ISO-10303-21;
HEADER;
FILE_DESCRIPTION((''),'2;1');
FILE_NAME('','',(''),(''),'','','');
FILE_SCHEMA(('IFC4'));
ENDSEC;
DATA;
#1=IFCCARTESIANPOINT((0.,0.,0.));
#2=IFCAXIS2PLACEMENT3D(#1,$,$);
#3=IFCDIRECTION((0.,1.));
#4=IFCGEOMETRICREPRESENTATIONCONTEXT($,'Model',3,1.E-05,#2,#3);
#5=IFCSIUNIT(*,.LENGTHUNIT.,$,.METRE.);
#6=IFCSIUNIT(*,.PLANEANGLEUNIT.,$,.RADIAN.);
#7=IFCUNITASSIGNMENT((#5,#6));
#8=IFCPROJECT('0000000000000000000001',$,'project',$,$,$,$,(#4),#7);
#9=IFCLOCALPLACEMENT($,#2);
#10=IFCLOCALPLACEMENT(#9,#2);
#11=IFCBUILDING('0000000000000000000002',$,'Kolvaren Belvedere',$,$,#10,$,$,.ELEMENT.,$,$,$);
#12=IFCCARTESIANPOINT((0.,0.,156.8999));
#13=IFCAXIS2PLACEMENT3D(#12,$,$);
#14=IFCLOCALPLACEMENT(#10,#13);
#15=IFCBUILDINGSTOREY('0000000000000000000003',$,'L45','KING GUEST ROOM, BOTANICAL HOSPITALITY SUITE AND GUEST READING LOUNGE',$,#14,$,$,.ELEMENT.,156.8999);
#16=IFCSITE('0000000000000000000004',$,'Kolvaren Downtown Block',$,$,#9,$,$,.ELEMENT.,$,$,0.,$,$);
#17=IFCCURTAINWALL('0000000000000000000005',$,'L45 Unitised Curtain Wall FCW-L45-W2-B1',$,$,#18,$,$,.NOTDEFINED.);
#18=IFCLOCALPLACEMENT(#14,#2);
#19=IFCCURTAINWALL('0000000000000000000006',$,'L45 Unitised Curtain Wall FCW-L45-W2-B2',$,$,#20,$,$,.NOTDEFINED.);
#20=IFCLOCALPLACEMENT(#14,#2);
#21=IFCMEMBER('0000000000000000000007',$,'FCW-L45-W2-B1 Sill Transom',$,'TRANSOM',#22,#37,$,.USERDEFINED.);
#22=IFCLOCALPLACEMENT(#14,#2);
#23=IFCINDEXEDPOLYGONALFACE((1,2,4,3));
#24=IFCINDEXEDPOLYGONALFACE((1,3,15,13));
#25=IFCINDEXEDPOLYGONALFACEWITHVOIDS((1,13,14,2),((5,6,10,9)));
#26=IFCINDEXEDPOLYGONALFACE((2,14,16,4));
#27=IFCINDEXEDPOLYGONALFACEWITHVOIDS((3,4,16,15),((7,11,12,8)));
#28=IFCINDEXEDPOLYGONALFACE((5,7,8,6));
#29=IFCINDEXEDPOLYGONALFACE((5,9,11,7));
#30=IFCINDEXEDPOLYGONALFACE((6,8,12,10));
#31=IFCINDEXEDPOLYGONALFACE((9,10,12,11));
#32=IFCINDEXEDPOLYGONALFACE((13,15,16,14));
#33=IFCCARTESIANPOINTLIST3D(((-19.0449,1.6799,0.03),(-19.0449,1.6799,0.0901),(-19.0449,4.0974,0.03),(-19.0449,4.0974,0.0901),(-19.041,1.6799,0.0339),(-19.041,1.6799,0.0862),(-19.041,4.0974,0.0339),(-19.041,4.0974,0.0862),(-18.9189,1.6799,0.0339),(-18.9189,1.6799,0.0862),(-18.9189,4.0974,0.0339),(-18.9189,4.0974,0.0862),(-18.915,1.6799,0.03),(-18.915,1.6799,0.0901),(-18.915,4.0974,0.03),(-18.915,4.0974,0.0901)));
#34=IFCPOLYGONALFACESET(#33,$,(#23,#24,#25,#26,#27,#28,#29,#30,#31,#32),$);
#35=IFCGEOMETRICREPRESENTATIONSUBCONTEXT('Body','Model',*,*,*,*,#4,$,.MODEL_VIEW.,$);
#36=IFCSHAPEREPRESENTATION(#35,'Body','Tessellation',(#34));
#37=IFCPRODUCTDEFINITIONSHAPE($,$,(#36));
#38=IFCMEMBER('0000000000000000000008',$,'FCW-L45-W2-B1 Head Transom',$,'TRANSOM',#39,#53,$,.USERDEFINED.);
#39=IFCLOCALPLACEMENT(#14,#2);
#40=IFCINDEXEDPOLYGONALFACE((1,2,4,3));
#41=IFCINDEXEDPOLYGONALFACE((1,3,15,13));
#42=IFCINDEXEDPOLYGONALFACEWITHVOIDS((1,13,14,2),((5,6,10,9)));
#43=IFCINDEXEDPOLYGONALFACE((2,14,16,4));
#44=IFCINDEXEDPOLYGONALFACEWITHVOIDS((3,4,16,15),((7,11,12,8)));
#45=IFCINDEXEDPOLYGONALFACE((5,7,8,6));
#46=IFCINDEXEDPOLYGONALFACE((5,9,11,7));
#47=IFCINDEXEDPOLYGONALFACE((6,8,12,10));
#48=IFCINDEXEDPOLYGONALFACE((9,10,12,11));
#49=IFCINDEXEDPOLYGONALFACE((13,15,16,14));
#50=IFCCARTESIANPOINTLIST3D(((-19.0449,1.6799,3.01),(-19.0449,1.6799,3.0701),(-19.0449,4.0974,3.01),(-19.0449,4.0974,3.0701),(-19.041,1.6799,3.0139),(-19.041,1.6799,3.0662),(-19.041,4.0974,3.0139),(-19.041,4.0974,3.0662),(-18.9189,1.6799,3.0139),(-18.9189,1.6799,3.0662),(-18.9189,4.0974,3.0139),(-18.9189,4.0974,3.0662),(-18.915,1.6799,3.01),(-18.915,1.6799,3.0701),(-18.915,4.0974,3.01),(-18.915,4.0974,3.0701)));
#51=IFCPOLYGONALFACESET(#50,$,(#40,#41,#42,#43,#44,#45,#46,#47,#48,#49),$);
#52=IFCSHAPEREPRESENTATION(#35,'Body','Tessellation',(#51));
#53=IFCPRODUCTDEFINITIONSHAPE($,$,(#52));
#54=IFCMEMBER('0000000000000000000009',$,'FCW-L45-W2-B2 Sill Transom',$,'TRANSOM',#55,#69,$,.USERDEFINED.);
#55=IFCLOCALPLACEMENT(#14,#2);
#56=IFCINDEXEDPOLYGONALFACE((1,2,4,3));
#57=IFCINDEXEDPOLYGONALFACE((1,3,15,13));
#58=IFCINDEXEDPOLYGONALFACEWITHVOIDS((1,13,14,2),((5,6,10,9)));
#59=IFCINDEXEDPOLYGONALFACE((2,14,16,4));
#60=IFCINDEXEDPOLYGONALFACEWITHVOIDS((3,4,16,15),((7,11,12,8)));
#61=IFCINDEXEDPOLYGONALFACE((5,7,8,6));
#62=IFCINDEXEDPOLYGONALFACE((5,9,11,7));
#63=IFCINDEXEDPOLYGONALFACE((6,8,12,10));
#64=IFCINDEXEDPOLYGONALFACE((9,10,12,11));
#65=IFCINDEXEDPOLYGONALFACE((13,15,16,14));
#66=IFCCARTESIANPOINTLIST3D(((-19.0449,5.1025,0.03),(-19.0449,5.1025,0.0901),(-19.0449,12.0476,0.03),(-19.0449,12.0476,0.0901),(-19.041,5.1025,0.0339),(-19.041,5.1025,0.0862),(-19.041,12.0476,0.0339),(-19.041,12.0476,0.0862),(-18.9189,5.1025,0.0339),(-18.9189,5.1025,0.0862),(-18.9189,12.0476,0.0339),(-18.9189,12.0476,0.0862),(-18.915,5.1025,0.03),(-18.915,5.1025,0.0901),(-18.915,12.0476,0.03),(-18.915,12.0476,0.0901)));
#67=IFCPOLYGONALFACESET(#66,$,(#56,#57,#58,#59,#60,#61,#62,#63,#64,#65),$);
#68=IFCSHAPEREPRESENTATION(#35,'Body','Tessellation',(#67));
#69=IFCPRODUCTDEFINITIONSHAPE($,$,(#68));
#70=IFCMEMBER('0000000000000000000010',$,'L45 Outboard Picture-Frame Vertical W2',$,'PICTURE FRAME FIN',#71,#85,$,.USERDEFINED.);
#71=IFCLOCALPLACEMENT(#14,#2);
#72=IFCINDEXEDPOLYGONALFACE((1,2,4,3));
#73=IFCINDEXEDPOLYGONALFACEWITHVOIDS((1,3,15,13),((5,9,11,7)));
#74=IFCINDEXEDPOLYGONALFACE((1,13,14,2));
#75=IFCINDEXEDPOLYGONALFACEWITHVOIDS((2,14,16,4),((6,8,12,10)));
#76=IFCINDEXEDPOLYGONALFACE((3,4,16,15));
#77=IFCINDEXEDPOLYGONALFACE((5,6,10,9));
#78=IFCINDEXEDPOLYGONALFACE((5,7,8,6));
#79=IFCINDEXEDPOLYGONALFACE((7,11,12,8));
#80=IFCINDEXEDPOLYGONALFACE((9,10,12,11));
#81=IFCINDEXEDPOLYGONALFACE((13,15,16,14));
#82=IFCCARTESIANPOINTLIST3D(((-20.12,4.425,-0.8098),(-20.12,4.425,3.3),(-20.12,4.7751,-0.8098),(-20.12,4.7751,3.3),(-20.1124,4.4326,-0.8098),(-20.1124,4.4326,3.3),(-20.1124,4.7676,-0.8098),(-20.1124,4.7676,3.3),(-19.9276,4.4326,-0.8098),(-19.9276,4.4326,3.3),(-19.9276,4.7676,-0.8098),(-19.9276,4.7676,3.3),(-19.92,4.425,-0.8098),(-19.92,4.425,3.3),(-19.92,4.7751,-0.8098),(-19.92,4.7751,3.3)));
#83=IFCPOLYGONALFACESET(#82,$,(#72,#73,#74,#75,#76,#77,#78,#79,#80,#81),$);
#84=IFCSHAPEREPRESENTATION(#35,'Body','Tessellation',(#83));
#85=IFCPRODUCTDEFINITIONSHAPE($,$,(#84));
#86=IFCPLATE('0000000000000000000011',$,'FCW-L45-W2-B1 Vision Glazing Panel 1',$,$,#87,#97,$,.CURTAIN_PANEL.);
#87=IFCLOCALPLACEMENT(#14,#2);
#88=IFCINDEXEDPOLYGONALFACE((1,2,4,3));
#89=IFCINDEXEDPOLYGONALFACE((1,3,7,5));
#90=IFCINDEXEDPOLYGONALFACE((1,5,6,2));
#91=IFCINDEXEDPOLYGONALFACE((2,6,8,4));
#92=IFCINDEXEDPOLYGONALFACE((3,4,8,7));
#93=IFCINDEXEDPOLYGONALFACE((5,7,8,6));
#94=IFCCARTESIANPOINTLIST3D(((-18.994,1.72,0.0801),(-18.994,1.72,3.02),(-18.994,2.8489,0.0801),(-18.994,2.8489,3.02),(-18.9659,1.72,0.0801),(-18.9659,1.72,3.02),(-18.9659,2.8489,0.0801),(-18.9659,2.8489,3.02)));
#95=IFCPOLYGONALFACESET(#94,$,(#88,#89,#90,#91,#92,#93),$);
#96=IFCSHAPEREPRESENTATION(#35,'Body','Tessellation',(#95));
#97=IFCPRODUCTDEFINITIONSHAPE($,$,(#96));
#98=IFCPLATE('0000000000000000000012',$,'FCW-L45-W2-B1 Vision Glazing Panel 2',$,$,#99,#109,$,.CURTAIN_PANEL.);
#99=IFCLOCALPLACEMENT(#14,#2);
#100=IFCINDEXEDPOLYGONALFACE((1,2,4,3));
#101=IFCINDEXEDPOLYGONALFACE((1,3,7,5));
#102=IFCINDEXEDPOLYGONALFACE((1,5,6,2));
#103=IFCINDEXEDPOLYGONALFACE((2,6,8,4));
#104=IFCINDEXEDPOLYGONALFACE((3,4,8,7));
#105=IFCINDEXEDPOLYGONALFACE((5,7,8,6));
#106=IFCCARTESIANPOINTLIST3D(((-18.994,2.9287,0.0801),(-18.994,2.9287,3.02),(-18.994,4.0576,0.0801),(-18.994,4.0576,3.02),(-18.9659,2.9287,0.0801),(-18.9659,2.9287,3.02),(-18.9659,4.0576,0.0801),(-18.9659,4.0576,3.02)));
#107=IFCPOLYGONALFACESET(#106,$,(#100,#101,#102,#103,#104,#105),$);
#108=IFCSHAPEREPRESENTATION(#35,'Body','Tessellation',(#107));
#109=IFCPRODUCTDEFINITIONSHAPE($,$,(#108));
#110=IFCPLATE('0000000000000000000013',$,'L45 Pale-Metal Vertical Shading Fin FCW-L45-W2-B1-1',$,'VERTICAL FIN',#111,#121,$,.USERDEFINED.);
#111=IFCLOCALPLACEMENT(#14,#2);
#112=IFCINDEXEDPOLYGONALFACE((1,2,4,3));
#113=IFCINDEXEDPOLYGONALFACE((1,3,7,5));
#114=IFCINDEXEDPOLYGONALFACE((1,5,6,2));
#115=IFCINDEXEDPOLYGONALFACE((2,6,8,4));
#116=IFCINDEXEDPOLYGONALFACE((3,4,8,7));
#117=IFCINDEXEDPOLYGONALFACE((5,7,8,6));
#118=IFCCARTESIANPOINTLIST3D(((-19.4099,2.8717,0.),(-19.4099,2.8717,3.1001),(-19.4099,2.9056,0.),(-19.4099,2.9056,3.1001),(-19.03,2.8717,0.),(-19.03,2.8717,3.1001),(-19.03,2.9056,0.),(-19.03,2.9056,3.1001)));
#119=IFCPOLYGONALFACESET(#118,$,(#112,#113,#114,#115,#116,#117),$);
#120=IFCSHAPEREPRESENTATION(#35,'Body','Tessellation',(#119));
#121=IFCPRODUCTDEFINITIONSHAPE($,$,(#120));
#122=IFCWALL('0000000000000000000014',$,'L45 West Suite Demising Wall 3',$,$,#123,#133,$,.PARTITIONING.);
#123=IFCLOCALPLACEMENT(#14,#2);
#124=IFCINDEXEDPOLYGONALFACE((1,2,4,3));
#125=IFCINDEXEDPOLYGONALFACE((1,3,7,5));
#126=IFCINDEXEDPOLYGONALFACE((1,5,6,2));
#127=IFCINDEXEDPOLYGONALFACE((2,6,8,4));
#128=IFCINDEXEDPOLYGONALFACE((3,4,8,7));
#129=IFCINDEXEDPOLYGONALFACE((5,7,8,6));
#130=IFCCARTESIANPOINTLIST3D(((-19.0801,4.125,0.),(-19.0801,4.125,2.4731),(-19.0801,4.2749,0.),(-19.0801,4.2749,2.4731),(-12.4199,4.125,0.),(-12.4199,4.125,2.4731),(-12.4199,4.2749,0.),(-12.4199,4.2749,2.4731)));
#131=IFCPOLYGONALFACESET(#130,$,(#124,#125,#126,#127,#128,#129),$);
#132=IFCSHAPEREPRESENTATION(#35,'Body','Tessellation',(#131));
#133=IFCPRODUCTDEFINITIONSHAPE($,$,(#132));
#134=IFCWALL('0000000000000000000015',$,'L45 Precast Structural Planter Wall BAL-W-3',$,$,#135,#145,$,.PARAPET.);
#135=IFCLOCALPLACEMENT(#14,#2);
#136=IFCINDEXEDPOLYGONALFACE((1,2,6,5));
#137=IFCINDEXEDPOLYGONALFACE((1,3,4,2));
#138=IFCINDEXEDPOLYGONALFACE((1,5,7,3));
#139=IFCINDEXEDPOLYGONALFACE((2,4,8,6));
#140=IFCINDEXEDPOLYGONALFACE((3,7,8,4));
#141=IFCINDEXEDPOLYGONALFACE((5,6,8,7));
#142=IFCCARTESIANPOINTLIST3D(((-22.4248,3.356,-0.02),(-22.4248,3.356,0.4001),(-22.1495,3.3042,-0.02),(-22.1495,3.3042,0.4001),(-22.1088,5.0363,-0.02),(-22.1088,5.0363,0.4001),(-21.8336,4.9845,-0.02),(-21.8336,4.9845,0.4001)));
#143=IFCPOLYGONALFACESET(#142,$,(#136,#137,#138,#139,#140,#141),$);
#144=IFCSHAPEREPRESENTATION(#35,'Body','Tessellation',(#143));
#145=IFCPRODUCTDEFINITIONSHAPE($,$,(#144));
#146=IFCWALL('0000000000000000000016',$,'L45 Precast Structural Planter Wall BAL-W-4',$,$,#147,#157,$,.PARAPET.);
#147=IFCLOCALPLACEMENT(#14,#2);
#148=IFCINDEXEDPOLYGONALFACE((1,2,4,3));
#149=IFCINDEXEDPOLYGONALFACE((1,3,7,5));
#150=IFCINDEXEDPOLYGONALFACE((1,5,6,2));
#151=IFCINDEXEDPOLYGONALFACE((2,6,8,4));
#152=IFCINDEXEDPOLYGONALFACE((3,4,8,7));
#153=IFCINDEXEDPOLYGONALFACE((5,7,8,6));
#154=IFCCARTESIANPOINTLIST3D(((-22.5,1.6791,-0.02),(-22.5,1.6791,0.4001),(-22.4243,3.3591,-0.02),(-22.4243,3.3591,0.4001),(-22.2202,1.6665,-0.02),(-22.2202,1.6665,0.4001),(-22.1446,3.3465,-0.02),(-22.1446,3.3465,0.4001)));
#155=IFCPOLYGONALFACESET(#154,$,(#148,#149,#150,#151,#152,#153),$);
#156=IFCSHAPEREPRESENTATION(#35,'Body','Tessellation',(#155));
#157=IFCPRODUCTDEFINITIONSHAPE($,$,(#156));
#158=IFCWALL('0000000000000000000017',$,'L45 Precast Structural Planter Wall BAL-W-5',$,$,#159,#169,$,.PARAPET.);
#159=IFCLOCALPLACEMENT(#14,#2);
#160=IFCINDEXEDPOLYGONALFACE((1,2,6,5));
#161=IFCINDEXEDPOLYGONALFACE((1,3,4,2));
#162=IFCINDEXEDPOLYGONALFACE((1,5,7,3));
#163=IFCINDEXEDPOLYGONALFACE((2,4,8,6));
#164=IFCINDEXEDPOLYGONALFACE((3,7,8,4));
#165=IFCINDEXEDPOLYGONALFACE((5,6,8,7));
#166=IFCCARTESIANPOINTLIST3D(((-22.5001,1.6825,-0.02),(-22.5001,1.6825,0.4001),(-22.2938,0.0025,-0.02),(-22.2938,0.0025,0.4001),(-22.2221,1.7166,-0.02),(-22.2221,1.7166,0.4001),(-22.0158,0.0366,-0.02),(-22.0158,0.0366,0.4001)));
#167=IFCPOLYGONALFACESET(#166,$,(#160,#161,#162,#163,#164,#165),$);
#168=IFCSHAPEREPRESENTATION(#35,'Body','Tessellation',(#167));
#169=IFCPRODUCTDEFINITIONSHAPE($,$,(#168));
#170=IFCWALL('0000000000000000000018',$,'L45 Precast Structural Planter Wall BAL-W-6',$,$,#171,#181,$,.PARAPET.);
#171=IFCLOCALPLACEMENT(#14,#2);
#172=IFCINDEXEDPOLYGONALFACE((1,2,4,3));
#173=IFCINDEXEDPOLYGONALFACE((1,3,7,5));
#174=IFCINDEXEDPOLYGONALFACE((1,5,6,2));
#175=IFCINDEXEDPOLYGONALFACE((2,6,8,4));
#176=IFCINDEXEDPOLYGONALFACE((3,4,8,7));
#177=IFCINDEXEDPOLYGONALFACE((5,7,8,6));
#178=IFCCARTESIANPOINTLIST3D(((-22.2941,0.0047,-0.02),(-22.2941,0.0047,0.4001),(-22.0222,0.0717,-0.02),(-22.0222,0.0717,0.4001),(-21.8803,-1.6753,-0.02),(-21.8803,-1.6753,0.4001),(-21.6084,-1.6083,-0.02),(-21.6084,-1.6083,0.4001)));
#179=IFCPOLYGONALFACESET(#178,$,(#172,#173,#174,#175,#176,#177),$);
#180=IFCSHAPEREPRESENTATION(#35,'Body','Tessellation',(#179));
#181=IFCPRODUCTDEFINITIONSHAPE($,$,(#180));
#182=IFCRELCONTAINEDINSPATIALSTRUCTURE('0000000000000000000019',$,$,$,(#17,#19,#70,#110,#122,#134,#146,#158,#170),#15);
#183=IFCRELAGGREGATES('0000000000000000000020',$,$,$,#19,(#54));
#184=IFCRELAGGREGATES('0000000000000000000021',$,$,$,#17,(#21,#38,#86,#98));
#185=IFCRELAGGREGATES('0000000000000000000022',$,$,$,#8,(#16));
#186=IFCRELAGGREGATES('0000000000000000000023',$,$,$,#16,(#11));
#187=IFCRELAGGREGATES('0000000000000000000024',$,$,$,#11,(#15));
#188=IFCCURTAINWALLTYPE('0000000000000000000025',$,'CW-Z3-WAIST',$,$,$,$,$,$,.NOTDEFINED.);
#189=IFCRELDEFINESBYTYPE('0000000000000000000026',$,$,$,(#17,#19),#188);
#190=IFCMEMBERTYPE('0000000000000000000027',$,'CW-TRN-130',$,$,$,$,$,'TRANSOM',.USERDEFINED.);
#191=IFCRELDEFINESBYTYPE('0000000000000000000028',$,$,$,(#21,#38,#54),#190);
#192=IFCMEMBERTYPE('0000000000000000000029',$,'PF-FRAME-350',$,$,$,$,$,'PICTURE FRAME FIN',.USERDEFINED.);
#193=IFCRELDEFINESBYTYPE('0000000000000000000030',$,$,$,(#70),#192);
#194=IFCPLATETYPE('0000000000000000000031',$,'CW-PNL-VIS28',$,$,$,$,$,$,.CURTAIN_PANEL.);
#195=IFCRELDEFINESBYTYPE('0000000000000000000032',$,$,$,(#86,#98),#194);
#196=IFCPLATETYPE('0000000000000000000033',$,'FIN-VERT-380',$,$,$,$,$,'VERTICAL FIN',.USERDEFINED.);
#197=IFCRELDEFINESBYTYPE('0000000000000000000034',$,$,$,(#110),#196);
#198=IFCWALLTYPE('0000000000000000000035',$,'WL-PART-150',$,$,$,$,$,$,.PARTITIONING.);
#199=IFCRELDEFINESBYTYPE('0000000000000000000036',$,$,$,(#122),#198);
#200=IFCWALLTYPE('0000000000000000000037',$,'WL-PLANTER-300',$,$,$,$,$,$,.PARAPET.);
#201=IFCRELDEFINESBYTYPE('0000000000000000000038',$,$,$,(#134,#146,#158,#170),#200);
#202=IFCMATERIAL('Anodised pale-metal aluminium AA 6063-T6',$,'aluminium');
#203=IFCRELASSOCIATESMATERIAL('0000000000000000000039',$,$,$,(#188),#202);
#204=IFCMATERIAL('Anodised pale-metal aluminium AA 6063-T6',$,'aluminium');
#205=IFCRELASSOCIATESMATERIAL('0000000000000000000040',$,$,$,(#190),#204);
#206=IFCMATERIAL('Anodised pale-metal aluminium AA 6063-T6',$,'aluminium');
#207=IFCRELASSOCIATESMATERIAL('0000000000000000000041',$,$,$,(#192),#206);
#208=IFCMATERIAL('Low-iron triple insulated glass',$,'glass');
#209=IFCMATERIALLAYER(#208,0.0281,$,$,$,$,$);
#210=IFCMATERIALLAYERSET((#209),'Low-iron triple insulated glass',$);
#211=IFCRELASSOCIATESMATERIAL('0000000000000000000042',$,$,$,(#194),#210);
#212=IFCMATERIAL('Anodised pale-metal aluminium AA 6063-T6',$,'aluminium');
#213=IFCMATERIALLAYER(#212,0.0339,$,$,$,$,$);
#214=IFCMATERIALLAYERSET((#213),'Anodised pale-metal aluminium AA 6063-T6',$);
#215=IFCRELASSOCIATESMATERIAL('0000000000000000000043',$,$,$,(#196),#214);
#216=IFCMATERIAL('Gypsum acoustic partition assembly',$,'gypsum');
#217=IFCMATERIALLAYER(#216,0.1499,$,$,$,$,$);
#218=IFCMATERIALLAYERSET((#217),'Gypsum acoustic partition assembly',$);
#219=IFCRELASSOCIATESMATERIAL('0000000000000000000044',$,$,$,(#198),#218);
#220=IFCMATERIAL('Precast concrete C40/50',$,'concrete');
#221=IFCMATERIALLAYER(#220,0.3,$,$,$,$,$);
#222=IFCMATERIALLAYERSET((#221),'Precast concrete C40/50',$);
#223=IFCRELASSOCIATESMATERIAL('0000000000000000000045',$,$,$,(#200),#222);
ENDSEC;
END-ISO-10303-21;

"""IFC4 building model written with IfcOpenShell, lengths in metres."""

from ifc_helpers import new_model, si_unit, direction, frame, frame_2d, origin, origin_2d, place, context, subcontext, project, spatial, rectangle, hollow_rectangle, extrude, material, layer, layer_set, material_profile, profile_set, type_object, element, aggregate, save


model = new_model("IFC4")

# Units and contexts
model_context = context("Model", 3, precision=1e-05, world=origin(), true_north=direction((0.0, 1.0)))
body_context = subcontext(model_context, "Body", "Model", "MODEL_VIEW")
ifc_project = project(units=[si_unit("LENGTHUNIT", "METRE"), si_unit("PLANEANGLEUNIT", "RADIAN")], contexts=[model_context])

# Site, building, storey
site_placement = place(None, origin())
site = spatial("IfcSite", under=ifc_project, at=site_placement, Name="Kolvaren Downtown Block", CompositionType="ELEMENT", RefElevation=0.0)
building_placement = place(site_placement, origin())
building = spatial("IfcBuilding", under=site, at=building_placement, Name="Kolvaren Belvedere", CompositionType="ELEMENT")
storey_placement = place(building_placement, frame((0.0, 0.0, 156.8999)))
storey = spatial("IfcBuildingStorey", under=building, at=storey_placement, Name="L45", Description="KING GUEST ROOM, BOTANICAL HOSPITALITY SUITE AND GUEST READING LOUNGE", CompositionType="ELEMENT", Elevation=156.8999)

# Curtain wall
ifc_material_1 = material(Name="Anodised pale-metal aluminium AA 6063-T6", Category="aluminium")
curtain_wall_type = type_object("IfcCurtainWallType", Name="CW-Z3-WAIST", PredefinedType="NOTDEFINED", material=ifc_material_1)
curtain_wall_1_placement = place(storey_placement, origin())
curtain_wall_1 = element("IfcCurtainWall", 1, at=curtain_wall_1_placement, inside=storey, type_object=curtain_wall_type, Name="L45 Unitised Curtain Wall FCW-L45-W2-B1", PredefinedType="NOTDEFINED")

# Curtain wall
curtain_wall_2_placement = place(storey_placement, origin())
curtain_wall_2 = element("IfcCurtainWall", 2, at=curtain_wall_2_placement, inside=storey, type_object=curtain_wall_type, Name="L45 Unitised Curtain Wall FCW-L45-W2-B2", PredefinedType="NOTDEFINED")

# Members
ifc_material_2 = material(Name="Anodised pale-metal aluminium AA 6063-T6", Category="aluminium")
ifc_material_profile_1 = material_profile(ifc_material_2, hollow_rectangle(XDim=0.0601, YDim=0.1299, WallThickness=0.0039, at=origin_2d()), Name="ALU-TRN-130X60")
ifc_profile_set_1 = profile_set([ifc_material_profile_1], Name="Anodised pale-metal aluminium AA 6063-T6")
member_type_1 = type_object("IfcMemberType", Name="CW-TRN-130", ElementType="TRANSOM", PredefinedType="USERDEFINED", material=ifc_profile_set_1)
member_1_placement = place(storey_placement, frame((-18.98, 1.6799, 0.0601), z_axis=(0.0, 1.0, 0.0), x_axis=(0.0, 0.0, 1.0)))
member_1 = element("IfcMember", 3, at=member_1_placement, type_object=member_type_1, Name="FCW-L45-W2-B1 Sill Transom", ObjectType="TRANSOM", PredefinedType="USERDEFINED", context=body_context, shape_type="SweptSolid", body=[
    extrude(hollow_rectangle(XDim=0.0601, YDim=0.1299, WallThickness=0.0039, at=origin_2d()), origin(), (0.0, 0.0, 1.0), 2.4175),
])
member_2_placement = place(storey_placement, frame((-18.98, 1.6799, 3.04), z_axis=(0.0, 1.0, 0.0), x_axis=(0.0, 0.0, 1.0)))
member_2 = element("IfcMember", 4, at=member_2_placement, type_object=member_type_1, Name="FCW-L45-W2-B1 Head Transom", ObjectType="TRANSOM", PredefinedType="USERDEFINED", context=body_context, shape_type="SweptSolid", body=[
    extrude(hollow_rectangle(XDim=0.0601, YDim=0.1299, WallThickness=0.0039, at=origin_2d()), origin(), (0.0, 0.0, 1.0), 2.4175),
])
member_3_placement = place(storey_placement, frame((-18.98, 5.1025, 0.0601), z_axis=(0.0, 1.0, 0.0), x_axis=(0.0, 0.0, 1.0)))
member_3 = element("IfcMember", 5, at=member_3_placement, type_object=member_type_1, Name="FCW-L45-W2-B2 Sill Transom", ObjectType="TRANSOM", PredefinedType="USERDEFINED", context=body_context, shape_type="SweptSolid", body=[
    extrude(hollow_rectangle(XDim=0.0601, YDim=0.1299, WallThickness=0.0039, at=origin_2d()), origin(), (0.0, 0.0, 1.0), 6.9451),
])
aggregate(curtain_wall_2, [member_3])
ifc_material_3 = material(Name="Anodised pale-metal aluminium AA 6063-T6", Category="aluminium")
ifc_material_profile_2 = material_profile(ifc_material_3, hollow_rectangle(XDim=0.2, YDim=0.3501, WallThickness=0.0076, at=origin_2d()), Name="ALU-PF-350X200")
ifc_profile_set_2 = profile_set([ifc_material_profile_2], Name="Anodised pale-metal aluminium AA 6063-T6")
member_type_2 = type_object("IfcMemberType", Name="PF-FRAME-350", ElementType="PICTURE FRAME FIN", PredefinedType="USERDEFINED", material=ifc_profile_set_2)
member_4_placement = place(storey_placement, frame((-20.02, 4.6001, -0.8098), z_axis=(0.0, 0.0, 1.0), x_axis=(1.0, 0.0, 0.0)))
element("IfcMember", 6, at=member_4_placement, inside=storey, type_object=member_type_2, Name="L45 Outboard Picture-Frame Vertical W2", ObjectType="PICTURE FRAME FIN", PredefinedType="USERDEFINED", context=body_context, shape_type="SweptSolid", body=[
    extrude(hollow_rectangle(XDim=0.2, YDim=0.3501, WallThickness=0.0076, at=origin_2d()), origin(), (0.0, 0.0, 1.0), 4.1099),
])

# Plates
ifc_material_4 = material(Name="Low-iron triple insulated glass", Category="glass")
ifc_layer_1 = layer(ifc_material_4, 0.0281)
ifc_layer_set_1 = layer_set([ifc_layer_1], Name="Low-iron triple insulated glass")
plate_type_1 = type_object("IfcPlateType", Name="CW-PNL-VIS28", PredefinedType="CURTAIN_PANEL", material=ifc_layer_set_1)
plate_1_placement = place(storey_placement, frame((-18.98, 2.2844, 0.0801), z_axis=(0.0, 0.0, 1.0), x_axis=(0.0, 1.0, 0.0)))
plate_1 = element("IfcPlate", 7, at=plate_1_placement, type_object=plate_type_1, Name="FCW-L45-W2-B1 Vision Glazing Panel 1", PredefinedType="CURTAIN_PANEL", context=body_context, shape_type="SweptSolid", body=[
    extrude(rectangle(XDim=1.1289, YDim=0.0281, at=origin_2d()), origin(), (0.0, 0.0, 1.0), 2.9399),
])
plate_2_placement = place(storey_placement, frame((-18.98, 3.4932, 0.0801), z_axis=(0.0, 0.0, 1.0), x_axis=(0.0, 1.0, 0.0)))
plate_2 = element("IfcPlate", 8, at=plate_2_placement, type_object=plate_type_1, Name="FCW-L45-W2-B1 Vision Glazing Panel 2", PredefinedType="CURTAIN_PANEL", context=body_context, shape_type="SweptSolid", body=[
    extrude(rectangle(XDim=1.1289, YDim=0.0281, at=origin_2d()), origin(), (0.0, 0.0, 1.0), 2.9399),
])
aggregate(curtain_wall_1, [member_1, member_2, plate_1, plate_2])
ifc_material_5 = material(Name="Anodised pale-metal aluminium AA 6063-T6", Category="aluminium")
ifc_layer_2 = layer(ifc_material_5, 0.0339)
ifc_layer_set_2 = layer_set([ifc_layer_2], Name="Anodised pale-metal aluminium AA 6063-T6")
plate_type_2 = type_object("IfcPlateType", Name="FIN-VERT-380", ElementType="VERTICAL FIN", PredefinedType="USERDEFINED", material=ifc_layer_set_2)
plate_3_placement = place(storey_placement, frame((-19.22, 2.8887, 0.0), z_axis=(0.0, 0.0, 1.0), x_axis=(1.0, 0.0, 0.0)))
element("IfcPlate", 9, at=plate_3_placement, inside=storey, type_object=plate_type_2, Name="L45 Pale-Metal Vertical Shading Fin FCW-L45-W2-B1-1", ObjectType="VERTICAL FIN", PredefinedType="USERDEFINED", context=body_context, shape_type="SweptSolid", body=[
    extrude(rectangle(XDim=0.3799, YDim=0.0339, at=origin_2d()), origin(), (0.0, 0.0, 1.0), 3.1001),
])

# Walls
ifc_material_6 = material(Name="Gypsum acoustic partition assembly", Category="gypsum")
ifc_layer_3 = layer(ifc_material_6, 0.1499)
ifc_layer_set_3 = layer_set([ifc_layer_3], Name="Gypsum acoustic partition assembly")
wall_type_1 = type_object("IfcWallType", Name="WL-PART-150", PredefinedType="PARTITIONING", material=ifc_layer_set_3)
wall_1_placement = place(storey_placement, frame((-19.0801, 4.2, 0.0), z_axis=(0.0, 0.0, 1.0), x_axis=(1.0, 0.0, 0.0)))
element("IfcWall", 10, at=wall_1_placement, inside=storey, type_object=wall_type_1, Name="L45 West Suite Demising Wall 3", PredefinedType="PARTITIONING", context=body_context, shape_type="SweptSolid", body=[
    extrude(rectangle(XDim=6.6602, YDim=0.1499, at=frame_2d((3.3301, 0.0))), origin(), (0.0, 0.0, 1.0), 2.4731),
])
ifc_material_7 = material(Name="Precast concrete C40/50", Category="concrete")
ifc_layer_4 = layer(ifc_material_7, 0.3)
ifc_layer_set_4 = layer_set([ifc_layer_4], Name="Precast concrete C40/50")
wall_type_2 = type_object("IfcWallType", Name="WL-PLANTER-300", PredefinedType="PARAPET", material=ifc_layer_set_4)
wall_2_placement = place(storey_placement, frame((-21.9712, 5.0105, -0.02), z_axis=(0.0, 0.0, 1.0), x_axis=(-0.184789, -0.982778, 0.0)))
element("IfcWall", 11, at=wall_2_placement, inside=storey, type_object=wall_type_2, Name="L45 Precast Structural Planter Wall BAL-W-3", PredefinedType="PARAPET", context=body_context, shape_type="SweptSolid", body=[
    extrude(rectangle(XDim=1.7097, YDim=0.28, at=frame_2d((0.855, 0.0))), origin(), (0.0, 0.0, 1.0), 0.4202),
])
wall_3_placement = place(storey_placement, frame((-22.2844, 3.3528, -0.02), z_axis=(0.0, 0.0, 1.0), x_axis=(-0.045006, -0.998987, 0.0)))
element("IfcWall", 12, at=wall_3_placement, inside=storey, type_object=wall_type_2, Name="L45 Precast Structural Planter Wall BAL-W-4", PredefinedType="PARAPET", context=body_context, shape_type="SweptSolid", body=[
    extrude(rectangle(XDim=1.6816, YDim=0.28, at=frame_2d((0.8408, 0.0))), origin(), (0.0, 0.0, 1.0), 0.4202),
])
wall_4_placement = place(storey_placement, frame((-22.3611, 1.6995, -0.02), z_axis=(0.0, 0.0, 1.0), x_axis=(0.121886, -0.992544, 0.0)))
element("IfcWall", 13, at=wall_4_placement, inside=storey, type_object=wall_type_2, Name="L45 Precast Structural Planter Wall BAL-W-5", PredefinedType="PARAPET", context=body_context, shape_type="SweptSolid", body=[
    extrude(rectangle(XDim=1.6926, YDim=0.28, at=frame_2d((0.8462, 0.0))), origin(), (0.0, 0.0, 1.0), 0.4202),
])
wall_5_placement = place(storey_placement, frame((-22.1582, 0.0383, -0.02), z_axis=(0.0, 0.0, 1.0), x_axis=(0.239181, -0.970975, 0.0)))
element("IfcWall", 14, at=wall_5_placement, inside=storey, type_object=wall_type_2, Name="L45 Precast Structural Planter Wall BAL-W-6", PredefinedType="PARAPET", context=body_context, shape_type="SweptSolid", body=[
    extrude(rectangle(XDim=1.7302, YDim=0.28, at=frame_2d((0.8652, 0.0))), origin(), (0.0, 0.0, 1.0), 0.4202),
])

save(model, "model.ifc")
